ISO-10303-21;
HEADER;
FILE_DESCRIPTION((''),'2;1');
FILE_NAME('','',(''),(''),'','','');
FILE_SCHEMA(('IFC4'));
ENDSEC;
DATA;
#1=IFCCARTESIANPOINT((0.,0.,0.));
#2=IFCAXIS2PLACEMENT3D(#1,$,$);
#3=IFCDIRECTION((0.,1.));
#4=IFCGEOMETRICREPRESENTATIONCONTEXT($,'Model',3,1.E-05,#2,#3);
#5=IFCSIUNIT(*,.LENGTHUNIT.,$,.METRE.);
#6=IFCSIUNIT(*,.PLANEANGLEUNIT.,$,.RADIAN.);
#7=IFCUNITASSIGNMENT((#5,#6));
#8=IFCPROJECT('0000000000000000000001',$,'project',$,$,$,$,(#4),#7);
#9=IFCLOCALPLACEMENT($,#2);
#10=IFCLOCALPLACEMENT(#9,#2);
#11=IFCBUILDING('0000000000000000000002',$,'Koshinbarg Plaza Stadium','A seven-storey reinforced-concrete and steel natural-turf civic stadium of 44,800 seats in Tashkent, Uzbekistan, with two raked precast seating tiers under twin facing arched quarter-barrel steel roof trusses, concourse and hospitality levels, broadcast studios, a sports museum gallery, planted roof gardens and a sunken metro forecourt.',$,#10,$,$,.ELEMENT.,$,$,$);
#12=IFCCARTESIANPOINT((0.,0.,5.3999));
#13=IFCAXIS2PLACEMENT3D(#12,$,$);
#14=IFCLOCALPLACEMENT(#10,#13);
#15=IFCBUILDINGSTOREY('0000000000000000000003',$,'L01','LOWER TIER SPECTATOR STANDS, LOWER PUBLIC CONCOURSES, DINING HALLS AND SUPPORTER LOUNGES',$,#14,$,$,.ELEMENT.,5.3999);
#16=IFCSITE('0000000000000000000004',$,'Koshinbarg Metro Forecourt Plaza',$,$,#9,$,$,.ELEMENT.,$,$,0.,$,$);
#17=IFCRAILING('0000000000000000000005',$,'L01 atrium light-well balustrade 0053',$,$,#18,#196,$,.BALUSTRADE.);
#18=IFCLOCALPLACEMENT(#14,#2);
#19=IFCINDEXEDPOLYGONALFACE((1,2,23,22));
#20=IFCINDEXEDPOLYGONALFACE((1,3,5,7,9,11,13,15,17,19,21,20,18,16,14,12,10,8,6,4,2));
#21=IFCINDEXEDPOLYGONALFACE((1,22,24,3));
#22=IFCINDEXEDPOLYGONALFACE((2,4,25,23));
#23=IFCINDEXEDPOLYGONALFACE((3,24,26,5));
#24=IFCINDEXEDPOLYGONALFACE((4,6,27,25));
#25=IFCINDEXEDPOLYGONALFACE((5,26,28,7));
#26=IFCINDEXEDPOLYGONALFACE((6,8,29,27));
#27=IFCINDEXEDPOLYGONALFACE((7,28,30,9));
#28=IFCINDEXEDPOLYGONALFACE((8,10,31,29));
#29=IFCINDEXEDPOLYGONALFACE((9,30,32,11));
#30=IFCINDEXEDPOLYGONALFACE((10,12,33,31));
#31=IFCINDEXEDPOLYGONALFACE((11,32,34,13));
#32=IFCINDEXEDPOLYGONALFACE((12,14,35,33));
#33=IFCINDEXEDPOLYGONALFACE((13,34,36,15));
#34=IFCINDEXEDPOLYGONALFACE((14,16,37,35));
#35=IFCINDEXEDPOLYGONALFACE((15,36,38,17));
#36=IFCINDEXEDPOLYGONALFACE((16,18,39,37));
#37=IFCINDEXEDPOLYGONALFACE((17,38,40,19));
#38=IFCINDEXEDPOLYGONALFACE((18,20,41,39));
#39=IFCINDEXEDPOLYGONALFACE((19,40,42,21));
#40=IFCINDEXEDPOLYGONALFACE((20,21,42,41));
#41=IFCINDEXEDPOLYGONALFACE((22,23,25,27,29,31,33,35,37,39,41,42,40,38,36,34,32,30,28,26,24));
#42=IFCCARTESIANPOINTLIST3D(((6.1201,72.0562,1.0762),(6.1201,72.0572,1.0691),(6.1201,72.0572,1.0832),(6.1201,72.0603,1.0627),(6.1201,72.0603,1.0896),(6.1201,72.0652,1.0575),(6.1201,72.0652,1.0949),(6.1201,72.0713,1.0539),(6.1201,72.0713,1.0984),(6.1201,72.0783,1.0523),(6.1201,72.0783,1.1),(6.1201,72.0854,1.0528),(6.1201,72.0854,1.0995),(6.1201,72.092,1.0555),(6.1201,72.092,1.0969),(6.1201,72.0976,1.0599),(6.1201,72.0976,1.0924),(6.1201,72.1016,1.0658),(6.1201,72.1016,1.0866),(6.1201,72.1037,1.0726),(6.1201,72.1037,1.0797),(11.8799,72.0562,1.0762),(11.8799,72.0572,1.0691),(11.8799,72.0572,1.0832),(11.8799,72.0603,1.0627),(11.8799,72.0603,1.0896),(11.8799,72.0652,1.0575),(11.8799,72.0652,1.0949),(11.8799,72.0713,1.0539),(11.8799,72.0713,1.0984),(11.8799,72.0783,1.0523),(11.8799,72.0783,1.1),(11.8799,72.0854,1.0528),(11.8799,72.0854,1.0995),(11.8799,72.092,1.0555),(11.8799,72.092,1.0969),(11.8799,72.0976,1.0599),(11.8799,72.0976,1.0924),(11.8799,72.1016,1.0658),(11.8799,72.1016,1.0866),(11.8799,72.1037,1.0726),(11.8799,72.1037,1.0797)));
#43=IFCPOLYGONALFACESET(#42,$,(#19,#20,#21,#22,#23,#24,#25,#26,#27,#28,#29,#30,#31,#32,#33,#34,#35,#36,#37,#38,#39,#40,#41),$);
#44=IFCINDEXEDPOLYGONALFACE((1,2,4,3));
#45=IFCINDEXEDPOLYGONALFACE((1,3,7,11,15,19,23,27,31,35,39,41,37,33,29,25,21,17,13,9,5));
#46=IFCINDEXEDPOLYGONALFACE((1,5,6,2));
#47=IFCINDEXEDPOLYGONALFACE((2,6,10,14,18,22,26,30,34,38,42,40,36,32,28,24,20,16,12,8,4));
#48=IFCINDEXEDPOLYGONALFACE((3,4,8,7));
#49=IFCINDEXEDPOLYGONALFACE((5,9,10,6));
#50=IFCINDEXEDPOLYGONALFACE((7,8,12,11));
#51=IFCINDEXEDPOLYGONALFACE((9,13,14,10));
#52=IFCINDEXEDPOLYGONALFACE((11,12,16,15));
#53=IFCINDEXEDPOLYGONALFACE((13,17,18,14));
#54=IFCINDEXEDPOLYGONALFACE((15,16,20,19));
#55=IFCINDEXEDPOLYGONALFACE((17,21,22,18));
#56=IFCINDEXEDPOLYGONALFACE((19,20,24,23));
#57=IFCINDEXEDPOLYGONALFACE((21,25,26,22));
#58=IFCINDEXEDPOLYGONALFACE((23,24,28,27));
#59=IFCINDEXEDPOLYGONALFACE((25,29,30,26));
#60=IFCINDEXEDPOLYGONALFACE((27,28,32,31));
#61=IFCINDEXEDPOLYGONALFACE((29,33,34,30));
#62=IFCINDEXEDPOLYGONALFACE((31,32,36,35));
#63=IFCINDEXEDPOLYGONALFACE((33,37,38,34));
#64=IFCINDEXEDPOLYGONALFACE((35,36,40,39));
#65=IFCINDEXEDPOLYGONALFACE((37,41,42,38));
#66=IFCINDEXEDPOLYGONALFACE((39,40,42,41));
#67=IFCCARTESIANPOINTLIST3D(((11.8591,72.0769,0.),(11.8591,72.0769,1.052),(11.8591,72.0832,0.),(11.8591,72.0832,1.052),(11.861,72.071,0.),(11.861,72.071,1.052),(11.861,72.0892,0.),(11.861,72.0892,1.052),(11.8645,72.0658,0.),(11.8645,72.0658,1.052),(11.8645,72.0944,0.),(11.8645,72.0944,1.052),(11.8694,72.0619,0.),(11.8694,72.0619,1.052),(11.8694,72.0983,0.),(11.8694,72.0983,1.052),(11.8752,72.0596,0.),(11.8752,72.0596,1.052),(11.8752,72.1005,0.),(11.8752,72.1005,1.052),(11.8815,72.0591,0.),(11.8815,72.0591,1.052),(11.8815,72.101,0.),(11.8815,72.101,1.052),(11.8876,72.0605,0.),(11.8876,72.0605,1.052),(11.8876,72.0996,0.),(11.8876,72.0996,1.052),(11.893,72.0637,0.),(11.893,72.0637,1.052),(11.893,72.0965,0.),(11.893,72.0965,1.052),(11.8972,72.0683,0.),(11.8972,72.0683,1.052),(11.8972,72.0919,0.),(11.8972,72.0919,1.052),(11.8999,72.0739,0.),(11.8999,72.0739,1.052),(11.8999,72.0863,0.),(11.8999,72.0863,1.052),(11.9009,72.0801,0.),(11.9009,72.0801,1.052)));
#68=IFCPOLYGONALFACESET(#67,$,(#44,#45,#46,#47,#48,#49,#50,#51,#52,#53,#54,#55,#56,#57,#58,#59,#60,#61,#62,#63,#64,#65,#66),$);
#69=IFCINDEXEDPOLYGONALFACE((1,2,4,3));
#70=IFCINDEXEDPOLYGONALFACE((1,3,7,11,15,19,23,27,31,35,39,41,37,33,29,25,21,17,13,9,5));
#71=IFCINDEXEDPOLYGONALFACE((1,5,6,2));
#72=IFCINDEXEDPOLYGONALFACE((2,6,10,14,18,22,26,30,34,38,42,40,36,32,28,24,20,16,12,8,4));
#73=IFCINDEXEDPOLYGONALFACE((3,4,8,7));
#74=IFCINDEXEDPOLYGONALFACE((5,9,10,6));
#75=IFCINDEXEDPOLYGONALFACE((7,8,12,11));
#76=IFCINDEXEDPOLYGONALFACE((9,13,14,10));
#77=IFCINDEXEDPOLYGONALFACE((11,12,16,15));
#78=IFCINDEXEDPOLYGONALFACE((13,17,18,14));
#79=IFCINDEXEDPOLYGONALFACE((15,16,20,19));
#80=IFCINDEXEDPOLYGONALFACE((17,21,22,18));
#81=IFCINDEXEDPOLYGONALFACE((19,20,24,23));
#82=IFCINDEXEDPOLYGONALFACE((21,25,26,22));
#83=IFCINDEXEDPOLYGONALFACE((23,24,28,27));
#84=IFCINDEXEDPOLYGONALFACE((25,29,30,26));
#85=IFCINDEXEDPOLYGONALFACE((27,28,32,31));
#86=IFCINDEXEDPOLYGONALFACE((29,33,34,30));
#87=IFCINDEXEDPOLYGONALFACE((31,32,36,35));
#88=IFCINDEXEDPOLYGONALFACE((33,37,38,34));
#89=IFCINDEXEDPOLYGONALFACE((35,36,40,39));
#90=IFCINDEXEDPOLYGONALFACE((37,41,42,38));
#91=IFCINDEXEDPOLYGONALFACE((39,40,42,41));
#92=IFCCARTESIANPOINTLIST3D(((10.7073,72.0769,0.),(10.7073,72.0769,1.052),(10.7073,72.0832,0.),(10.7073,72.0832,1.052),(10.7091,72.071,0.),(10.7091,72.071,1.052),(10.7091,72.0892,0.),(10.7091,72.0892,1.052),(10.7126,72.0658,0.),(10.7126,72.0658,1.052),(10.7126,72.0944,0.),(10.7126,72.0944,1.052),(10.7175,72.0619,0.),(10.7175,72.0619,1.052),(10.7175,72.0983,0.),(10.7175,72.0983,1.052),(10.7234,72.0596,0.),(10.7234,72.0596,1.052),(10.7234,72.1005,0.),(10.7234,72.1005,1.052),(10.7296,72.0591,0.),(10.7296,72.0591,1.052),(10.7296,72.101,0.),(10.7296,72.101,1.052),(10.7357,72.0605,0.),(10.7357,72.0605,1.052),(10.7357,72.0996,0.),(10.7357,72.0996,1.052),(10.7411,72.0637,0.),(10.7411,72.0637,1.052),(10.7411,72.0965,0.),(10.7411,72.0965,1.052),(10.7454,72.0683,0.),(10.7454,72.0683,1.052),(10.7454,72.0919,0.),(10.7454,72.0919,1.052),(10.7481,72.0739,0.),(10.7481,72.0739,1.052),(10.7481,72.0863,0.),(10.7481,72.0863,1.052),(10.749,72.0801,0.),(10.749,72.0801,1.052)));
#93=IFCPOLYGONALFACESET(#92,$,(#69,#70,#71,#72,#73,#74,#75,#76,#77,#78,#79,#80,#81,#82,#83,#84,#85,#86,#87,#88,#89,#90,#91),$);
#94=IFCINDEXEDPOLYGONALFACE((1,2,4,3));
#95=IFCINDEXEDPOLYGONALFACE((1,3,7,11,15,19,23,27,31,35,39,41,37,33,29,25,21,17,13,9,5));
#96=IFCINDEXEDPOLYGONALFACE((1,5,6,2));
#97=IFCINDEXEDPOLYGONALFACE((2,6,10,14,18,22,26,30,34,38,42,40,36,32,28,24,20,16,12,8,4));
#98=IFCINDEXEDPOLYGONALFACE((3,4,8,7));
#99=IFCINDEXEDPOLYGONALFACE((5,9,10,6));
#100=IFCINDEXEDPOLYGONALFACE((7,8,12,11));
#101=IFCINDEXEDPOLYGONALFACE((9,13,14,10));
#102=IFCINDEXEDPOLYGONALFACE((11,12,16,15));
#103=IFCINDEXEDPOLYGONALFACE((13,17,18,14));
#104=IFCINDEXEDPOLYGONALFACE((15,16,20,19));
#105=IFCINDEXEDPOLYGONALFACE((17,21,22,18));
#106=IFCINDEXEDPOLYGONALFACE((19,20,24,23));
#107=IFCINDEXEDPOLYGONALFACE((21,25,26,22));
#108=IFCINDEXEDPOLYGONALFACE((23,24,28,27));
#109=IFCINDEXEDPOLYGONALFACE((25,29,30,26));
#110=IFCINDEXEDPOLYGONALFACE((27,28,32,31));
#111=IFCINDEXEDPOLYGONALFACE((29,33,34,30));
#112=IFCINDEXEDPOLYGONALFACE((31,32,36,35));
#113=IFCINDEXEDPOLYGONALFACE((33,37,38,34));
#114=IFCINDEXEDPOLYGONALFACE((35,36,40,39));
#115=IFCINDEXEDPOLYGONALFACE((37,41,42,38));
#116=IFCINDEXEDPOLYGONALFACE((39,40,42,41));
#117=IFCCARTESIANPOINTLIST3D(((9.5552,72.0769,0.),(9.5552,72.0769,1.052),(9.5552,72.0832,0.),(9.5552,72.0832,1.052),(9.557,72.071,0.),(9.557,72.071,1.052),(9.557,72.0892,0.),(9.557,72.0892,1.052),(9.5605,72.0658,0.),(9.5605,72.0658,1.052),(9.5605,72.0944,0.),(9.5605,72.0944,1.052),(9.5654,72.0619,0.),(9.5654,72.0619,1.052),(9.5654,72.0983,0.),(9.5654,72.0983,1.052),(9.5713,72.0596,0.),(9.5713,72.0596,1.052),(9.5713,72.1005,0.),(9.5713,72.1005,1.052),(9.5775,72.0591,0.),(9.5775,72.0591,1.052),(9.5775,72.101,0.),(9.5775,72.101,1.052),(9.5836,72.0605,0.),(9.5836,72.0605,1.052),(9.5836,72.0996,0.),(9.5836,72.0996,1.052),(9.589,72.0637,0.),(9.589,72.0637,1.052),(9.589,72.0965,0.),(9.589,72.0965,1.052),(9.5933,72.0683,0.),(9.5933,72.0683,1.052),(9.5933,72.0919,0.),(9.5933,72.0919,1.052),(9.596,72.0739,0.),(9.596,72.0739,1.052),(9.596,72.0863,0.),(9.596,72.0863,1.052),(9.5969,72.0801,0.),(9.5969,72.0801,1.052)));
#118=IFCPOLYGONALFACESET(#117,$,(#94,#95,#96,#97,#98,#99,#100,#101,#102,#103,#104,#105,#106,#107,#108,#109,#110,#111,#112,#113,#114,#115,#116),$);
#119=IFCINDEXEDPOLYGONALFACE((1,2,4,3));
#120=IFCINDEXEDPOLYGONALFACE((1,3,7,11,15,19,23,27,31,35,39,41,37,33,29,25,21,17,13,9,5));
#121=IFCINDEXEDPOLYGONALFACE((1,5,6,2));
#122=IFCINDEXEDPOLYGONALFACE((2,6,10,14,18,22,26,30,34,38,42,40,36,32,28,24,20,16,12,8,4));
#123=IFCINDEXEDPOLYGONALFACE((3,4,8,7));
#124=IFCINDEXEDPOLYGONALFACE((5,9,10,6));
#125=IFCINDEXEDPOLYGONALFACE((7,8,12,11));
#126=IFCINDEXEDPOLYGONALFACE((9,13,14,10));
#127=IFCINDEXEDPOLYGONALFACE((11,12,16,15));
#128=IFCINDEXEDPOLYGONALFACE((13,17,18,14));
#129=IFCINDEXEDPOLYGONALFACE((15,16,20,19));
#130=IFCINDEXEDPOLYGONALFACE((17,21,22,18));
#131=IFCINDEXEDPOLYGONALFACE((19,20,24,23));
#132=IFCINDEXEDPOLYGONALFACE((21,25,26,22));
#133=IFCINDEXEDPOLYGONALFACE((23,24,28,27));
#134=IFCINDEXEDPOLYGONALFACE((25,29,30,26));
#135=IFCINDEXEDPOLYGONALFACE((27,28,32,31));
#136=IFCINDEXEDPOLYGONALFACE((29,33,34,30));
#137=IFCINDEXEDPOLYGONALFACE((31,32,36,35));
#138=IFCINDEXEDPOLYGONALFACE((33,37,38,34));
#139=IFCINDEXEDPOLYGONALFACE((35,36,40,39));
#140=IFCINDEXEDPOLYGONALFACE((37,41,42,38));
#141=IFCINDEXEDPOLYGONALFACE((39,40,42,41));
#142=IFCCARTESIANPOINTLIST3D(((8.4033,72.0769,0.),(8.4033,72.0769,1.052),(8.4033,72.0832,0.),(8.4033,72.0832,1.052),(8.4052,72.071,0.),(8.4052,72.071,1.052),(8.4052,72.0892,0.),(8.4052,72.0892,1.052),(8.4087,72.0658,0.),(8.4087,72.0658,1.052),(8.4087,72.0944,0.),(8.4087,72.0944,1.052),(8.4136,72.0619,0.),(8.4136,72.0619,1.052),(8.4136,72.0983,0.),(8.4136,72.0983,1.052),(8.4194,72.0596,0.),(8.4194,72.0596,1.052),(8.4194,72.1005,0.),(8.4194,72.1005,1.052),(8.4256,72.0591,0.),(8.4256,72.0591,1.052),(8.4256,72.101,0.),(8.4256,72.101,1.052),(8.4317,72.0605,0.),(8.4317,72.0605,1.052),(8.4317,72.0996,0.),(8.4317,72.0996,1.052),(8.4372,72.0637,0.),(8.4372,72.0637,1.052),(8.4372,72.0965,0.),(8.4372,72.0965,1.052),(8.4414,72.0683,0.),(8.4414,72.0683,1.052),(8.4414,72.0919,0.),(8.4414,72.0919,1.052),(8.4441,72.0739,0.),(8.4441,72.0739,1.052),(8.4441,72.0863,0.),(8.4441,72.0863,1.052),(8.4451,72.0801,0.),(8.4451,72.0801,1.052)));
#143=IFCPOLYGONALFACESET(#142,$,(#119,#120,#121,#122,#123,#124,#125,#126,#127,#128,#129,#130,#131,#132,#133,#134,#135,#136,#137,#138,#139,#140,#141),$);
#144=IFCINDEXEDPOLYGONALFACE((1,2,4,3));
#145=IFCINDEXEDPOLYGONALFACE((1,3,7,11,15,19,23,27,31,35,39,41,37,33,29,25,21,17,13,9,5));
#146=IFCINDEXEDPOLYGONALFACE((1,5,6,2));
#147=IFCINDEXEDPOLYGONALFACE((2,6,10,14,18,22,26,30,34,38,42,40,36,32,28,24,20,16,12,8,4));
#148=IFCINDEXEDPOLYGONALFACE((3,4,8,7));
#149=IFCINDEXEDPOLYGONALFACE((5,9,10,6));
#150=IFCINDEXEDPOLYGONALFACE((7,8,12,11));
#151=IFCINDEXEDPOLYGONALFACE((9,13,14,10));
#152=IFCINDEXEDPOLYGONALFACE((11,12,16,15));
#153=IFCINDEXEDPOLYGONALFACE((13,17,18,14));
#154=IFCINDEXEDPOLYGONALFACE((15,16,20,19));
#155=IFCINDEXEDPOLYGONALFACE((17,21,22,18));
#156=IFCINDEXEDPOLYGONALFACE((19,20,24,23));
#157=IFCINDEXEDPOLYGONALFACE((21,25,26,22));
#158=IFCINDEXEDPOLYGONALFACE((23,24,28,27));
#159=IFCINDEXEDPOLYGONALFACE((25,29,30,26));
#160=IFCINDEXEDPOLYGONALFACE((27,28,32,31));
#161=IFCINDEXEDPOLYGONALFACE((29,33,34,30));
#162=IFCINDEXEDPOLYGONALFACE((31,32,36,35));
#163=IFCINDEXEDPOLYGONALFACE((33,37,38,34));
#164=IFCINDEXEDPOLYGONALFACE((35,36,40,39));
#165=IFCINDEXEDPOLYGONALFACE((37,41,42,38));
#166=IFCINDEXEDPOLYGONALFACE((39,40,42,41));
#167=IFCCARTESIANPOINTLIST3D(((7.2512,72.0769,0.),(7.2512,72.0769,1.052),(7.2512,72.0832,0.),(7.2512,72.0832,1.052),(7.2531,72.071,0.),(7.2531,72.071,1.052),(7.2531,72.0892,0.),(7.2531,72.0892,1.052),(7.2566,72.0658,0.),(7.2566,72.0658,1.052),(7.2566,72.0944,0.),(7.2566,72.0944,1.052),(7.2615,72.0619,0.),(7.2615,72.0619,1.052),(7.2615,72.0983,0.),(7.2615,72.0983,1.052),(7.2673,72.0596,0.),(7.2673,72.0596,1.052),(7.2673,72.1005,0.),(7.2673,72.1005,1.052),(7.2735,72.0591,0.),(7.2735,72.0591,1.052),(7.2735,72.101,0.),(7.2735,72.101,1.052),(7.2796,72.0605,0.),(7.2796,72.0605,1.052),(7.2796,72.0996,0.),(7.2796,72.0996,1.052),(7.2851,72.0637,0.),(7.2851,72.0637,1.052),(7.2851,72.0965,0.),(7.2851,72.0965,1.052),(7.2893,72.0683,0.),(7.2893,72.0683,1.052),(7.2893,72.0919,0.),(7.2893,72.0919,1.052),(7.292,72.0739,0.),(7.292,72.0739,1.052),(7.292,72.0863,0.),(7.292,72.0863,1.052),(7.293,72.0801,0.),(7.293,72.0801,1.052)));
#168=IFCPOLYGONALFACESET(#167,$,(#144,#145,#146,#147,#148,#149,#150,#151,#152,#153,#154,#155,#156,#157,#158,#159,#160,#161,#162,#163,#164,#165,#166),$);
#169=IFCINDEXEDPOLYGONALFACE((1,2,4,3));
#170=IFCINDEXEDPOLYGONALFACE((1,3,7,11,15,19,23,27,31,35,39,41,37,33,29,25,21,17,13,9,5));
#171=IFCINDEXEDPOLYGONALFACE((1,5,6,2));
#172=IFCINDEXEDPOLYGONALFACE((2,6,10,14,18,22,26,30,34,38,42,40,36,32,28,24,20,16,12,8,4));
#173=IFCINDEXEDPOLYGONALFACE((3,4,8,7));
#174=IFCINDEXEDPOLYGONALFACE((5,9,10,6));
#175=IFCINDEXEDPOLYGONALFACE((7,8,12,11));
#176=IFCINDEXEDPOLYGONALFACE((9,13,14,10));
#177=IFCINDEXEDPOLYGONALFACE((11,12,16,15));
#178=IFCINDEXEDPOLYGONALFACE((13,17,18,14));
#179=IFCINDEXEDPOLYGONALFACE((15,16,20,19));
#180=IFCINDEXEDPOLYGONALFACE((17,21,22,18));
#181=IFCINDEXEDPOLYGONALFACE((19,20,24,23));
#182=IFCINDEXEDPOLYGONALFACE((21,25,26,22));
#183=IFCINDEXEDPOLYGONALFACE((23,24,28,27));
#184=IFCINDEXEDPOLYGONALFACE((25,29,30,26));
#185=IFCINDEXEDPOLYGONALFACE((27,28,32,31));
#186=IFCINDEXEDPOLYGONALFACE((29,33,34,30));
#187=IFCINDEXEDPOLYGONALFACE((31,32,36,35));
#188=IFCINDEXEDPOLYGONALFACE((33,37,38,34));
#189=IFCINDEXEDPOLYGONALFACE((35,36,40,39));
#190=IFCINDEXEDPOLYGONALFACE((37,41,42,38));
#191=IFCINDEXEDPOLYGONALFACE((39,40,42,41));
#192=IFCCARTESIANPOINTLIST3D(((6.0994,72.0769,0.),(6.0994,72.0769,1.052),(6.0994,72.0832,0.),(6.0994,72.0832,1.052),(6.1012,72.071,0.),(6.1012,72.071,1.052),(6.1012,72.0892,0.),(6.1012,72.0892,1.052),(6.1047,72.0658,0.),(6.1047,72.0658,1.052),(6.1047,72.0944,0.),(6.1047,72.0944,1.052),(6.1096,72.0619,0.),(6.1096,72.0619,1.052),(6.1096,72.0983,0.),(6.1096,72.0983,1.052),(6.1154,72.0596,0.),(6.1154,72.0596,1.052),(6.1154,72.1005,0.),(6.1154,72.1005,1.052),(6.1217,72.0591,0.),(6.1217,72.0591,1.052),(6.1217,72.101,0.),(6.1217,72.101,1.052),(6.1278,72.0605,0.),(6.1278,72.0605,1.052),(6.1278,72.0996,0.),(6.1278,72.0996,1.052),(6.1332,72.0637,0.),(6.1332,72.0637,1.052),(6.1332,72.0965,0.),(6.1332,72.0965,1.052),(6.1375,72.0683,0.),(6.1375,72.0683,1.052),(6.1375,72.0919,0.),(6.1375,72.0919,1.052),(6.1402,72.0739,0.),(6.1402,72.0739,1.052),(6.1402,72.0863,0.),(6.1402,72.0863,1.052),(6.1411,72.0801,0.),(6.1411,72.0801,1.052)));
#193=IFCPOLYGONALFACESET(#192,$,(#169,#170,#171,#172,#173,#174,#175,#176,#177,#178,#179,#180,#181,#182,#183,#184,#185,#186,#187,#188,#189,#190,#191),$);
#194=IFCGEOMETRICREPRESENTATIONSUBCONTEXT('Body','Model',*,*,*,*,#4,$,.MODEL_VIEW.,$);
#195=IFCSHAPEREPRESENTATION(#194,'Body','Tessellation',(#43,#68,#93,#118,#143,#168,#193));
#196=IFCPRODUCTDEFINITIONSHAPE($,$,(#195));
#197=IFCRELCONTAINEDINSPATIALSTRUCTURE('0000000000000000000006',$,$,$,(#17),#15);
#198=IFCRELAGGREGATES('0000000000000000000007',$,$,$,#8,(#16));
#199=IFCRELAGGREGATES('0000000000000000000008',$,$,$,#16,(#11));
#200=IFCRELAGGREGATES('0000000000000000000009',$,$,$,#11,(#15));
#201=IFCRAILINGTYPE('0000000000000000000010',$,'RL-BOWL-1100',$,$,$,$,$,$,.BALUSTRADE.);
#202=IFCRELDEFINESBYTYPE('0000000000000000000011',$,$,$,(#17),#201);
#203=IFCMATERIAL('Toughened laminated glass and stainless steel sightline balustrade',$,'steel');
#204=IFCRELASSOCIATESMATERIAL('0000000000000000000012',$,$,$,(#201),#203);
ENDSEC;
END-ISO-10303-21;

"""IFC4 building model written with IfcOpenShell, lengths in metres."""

from ifc_helpers import new_model, si_unit, direction, frame, origin, origin_2d, place, context, subcontext, project, spatial, circle, extrude, material, type_object, element, save


model = new_model("IFC4")

# Units and contexts
model_context = context("Model", 3, precision=1e-05, world=origin(), true_north=direction((0.0, 1.0)))
body_context = subcontext(model_context, "Body", "Model", "MODEL_VIEW")
ifc_project = project(units=[si_unit("LENGTHUNIT", "METRE"), si_unit("PLANEANGLEUNIT", "RADIAN")], contexts=[model_context])

# Site, building, storey
site_placement = place(None, origin())
site = spatial("IfcSite", under=ifc_project, at=site_placement, Name="Koshinbarg Metro Forecourt Plaza", CompositionType="ELEMENT", RefElevation=0.0)
building_placement = place(site_placement, origin())
building = spatial("IfcBuilding", under=site, at=building_placement, Name="Koshinbarg Plaza Stadium", Description="A seven-storey reinforced-concrete and steel natural-turf civic stadium of 44,800 seats in Tashkent, Uzbekistan, with two raked precast seating tiers under twin facing arched quarter-barrel steel roof trusses, concourse and hospitality levels, broadcast studios, a sports museum gallery, planted roof gardens and a sunken metro forecourt.", CompositionType="ELEMENT")
storey_placement = place(building_placement, frame((0.0, 0.0, 5.3999)))
storey = spatial("IfcBuildingStorey", under=building, at=storey_placement, Name="L01", Description="LOWER TIER SPECTATOR STANDS, LOWER PUBLIC CONCOURSES, DINING HALLS AND SUPPORTER LOUNGES", CompositionType="ELEMENT", Elevation=5.3999)

# Railing
ifc_material_1 = material(Name="Toughened laminated glass and stainless steel sightline balustrade", Category="steel")
railing_type = type_object("IfcRailingType", Name="RL-BOWL-1100", PredefinedType="BALUSTRADE", material=ifc_material_1)
railing_1_placement = place(storey_placement, frame((11.8799, 72.0801, 0.0)))
element("IfcRailing", 1, at=railing_1_placement, inside=storey, type_object=railing_type, Name="L01 atrium light-well balustrade 0053", PredefinedType="BALUSTRADE", context=body_context, shape_type="SweptSolid", body=[
    extrude(circle(Radius=0.0239, at=origin_2d()), frame((0.0, 0.0, 1.0762), z_axis=(-1.0, 0.0, 0.0), x_axis=(0.0, -1.0, 0.0)), (0.0, 0.0, 1.0), 5.7598),
    extrude(circle(Radius=0.021, at=origin_2d()), origin(), (0.0, 0.0, 1.0), 1.052),
    extrude(circle(Radius=0.021, at=origin_2d()), frame((-1.1519, 0.0, 0.0)), (0.0, 0.0, 1.0), 1.052),
    extrude(circle(Radius=0.021, at=origin_2d()), frame((-2.304, 0.0, 0.0)), (0.0, 0.0, 1.0), 1.052),
    extrude(circle(Radius=0.021, at=origin_2d()), frame((-3.4558, 0.0, 0.0)), (0.0, 0.0, 1.0), 1.052),
    extrude(circle(Radius=0.021, at=origin_2d()), frame((-4.6079, 0.0, 0.0)), (0.0, 0.0, 1.0), 1.052),
    extrude(circle(Radius=0.021, at=origin_2d()), frame((-5.7598, 0.0, 0.0)), (0.0, 0.0, 1.0), 1.052),
])

save(model, "model.ifc")
